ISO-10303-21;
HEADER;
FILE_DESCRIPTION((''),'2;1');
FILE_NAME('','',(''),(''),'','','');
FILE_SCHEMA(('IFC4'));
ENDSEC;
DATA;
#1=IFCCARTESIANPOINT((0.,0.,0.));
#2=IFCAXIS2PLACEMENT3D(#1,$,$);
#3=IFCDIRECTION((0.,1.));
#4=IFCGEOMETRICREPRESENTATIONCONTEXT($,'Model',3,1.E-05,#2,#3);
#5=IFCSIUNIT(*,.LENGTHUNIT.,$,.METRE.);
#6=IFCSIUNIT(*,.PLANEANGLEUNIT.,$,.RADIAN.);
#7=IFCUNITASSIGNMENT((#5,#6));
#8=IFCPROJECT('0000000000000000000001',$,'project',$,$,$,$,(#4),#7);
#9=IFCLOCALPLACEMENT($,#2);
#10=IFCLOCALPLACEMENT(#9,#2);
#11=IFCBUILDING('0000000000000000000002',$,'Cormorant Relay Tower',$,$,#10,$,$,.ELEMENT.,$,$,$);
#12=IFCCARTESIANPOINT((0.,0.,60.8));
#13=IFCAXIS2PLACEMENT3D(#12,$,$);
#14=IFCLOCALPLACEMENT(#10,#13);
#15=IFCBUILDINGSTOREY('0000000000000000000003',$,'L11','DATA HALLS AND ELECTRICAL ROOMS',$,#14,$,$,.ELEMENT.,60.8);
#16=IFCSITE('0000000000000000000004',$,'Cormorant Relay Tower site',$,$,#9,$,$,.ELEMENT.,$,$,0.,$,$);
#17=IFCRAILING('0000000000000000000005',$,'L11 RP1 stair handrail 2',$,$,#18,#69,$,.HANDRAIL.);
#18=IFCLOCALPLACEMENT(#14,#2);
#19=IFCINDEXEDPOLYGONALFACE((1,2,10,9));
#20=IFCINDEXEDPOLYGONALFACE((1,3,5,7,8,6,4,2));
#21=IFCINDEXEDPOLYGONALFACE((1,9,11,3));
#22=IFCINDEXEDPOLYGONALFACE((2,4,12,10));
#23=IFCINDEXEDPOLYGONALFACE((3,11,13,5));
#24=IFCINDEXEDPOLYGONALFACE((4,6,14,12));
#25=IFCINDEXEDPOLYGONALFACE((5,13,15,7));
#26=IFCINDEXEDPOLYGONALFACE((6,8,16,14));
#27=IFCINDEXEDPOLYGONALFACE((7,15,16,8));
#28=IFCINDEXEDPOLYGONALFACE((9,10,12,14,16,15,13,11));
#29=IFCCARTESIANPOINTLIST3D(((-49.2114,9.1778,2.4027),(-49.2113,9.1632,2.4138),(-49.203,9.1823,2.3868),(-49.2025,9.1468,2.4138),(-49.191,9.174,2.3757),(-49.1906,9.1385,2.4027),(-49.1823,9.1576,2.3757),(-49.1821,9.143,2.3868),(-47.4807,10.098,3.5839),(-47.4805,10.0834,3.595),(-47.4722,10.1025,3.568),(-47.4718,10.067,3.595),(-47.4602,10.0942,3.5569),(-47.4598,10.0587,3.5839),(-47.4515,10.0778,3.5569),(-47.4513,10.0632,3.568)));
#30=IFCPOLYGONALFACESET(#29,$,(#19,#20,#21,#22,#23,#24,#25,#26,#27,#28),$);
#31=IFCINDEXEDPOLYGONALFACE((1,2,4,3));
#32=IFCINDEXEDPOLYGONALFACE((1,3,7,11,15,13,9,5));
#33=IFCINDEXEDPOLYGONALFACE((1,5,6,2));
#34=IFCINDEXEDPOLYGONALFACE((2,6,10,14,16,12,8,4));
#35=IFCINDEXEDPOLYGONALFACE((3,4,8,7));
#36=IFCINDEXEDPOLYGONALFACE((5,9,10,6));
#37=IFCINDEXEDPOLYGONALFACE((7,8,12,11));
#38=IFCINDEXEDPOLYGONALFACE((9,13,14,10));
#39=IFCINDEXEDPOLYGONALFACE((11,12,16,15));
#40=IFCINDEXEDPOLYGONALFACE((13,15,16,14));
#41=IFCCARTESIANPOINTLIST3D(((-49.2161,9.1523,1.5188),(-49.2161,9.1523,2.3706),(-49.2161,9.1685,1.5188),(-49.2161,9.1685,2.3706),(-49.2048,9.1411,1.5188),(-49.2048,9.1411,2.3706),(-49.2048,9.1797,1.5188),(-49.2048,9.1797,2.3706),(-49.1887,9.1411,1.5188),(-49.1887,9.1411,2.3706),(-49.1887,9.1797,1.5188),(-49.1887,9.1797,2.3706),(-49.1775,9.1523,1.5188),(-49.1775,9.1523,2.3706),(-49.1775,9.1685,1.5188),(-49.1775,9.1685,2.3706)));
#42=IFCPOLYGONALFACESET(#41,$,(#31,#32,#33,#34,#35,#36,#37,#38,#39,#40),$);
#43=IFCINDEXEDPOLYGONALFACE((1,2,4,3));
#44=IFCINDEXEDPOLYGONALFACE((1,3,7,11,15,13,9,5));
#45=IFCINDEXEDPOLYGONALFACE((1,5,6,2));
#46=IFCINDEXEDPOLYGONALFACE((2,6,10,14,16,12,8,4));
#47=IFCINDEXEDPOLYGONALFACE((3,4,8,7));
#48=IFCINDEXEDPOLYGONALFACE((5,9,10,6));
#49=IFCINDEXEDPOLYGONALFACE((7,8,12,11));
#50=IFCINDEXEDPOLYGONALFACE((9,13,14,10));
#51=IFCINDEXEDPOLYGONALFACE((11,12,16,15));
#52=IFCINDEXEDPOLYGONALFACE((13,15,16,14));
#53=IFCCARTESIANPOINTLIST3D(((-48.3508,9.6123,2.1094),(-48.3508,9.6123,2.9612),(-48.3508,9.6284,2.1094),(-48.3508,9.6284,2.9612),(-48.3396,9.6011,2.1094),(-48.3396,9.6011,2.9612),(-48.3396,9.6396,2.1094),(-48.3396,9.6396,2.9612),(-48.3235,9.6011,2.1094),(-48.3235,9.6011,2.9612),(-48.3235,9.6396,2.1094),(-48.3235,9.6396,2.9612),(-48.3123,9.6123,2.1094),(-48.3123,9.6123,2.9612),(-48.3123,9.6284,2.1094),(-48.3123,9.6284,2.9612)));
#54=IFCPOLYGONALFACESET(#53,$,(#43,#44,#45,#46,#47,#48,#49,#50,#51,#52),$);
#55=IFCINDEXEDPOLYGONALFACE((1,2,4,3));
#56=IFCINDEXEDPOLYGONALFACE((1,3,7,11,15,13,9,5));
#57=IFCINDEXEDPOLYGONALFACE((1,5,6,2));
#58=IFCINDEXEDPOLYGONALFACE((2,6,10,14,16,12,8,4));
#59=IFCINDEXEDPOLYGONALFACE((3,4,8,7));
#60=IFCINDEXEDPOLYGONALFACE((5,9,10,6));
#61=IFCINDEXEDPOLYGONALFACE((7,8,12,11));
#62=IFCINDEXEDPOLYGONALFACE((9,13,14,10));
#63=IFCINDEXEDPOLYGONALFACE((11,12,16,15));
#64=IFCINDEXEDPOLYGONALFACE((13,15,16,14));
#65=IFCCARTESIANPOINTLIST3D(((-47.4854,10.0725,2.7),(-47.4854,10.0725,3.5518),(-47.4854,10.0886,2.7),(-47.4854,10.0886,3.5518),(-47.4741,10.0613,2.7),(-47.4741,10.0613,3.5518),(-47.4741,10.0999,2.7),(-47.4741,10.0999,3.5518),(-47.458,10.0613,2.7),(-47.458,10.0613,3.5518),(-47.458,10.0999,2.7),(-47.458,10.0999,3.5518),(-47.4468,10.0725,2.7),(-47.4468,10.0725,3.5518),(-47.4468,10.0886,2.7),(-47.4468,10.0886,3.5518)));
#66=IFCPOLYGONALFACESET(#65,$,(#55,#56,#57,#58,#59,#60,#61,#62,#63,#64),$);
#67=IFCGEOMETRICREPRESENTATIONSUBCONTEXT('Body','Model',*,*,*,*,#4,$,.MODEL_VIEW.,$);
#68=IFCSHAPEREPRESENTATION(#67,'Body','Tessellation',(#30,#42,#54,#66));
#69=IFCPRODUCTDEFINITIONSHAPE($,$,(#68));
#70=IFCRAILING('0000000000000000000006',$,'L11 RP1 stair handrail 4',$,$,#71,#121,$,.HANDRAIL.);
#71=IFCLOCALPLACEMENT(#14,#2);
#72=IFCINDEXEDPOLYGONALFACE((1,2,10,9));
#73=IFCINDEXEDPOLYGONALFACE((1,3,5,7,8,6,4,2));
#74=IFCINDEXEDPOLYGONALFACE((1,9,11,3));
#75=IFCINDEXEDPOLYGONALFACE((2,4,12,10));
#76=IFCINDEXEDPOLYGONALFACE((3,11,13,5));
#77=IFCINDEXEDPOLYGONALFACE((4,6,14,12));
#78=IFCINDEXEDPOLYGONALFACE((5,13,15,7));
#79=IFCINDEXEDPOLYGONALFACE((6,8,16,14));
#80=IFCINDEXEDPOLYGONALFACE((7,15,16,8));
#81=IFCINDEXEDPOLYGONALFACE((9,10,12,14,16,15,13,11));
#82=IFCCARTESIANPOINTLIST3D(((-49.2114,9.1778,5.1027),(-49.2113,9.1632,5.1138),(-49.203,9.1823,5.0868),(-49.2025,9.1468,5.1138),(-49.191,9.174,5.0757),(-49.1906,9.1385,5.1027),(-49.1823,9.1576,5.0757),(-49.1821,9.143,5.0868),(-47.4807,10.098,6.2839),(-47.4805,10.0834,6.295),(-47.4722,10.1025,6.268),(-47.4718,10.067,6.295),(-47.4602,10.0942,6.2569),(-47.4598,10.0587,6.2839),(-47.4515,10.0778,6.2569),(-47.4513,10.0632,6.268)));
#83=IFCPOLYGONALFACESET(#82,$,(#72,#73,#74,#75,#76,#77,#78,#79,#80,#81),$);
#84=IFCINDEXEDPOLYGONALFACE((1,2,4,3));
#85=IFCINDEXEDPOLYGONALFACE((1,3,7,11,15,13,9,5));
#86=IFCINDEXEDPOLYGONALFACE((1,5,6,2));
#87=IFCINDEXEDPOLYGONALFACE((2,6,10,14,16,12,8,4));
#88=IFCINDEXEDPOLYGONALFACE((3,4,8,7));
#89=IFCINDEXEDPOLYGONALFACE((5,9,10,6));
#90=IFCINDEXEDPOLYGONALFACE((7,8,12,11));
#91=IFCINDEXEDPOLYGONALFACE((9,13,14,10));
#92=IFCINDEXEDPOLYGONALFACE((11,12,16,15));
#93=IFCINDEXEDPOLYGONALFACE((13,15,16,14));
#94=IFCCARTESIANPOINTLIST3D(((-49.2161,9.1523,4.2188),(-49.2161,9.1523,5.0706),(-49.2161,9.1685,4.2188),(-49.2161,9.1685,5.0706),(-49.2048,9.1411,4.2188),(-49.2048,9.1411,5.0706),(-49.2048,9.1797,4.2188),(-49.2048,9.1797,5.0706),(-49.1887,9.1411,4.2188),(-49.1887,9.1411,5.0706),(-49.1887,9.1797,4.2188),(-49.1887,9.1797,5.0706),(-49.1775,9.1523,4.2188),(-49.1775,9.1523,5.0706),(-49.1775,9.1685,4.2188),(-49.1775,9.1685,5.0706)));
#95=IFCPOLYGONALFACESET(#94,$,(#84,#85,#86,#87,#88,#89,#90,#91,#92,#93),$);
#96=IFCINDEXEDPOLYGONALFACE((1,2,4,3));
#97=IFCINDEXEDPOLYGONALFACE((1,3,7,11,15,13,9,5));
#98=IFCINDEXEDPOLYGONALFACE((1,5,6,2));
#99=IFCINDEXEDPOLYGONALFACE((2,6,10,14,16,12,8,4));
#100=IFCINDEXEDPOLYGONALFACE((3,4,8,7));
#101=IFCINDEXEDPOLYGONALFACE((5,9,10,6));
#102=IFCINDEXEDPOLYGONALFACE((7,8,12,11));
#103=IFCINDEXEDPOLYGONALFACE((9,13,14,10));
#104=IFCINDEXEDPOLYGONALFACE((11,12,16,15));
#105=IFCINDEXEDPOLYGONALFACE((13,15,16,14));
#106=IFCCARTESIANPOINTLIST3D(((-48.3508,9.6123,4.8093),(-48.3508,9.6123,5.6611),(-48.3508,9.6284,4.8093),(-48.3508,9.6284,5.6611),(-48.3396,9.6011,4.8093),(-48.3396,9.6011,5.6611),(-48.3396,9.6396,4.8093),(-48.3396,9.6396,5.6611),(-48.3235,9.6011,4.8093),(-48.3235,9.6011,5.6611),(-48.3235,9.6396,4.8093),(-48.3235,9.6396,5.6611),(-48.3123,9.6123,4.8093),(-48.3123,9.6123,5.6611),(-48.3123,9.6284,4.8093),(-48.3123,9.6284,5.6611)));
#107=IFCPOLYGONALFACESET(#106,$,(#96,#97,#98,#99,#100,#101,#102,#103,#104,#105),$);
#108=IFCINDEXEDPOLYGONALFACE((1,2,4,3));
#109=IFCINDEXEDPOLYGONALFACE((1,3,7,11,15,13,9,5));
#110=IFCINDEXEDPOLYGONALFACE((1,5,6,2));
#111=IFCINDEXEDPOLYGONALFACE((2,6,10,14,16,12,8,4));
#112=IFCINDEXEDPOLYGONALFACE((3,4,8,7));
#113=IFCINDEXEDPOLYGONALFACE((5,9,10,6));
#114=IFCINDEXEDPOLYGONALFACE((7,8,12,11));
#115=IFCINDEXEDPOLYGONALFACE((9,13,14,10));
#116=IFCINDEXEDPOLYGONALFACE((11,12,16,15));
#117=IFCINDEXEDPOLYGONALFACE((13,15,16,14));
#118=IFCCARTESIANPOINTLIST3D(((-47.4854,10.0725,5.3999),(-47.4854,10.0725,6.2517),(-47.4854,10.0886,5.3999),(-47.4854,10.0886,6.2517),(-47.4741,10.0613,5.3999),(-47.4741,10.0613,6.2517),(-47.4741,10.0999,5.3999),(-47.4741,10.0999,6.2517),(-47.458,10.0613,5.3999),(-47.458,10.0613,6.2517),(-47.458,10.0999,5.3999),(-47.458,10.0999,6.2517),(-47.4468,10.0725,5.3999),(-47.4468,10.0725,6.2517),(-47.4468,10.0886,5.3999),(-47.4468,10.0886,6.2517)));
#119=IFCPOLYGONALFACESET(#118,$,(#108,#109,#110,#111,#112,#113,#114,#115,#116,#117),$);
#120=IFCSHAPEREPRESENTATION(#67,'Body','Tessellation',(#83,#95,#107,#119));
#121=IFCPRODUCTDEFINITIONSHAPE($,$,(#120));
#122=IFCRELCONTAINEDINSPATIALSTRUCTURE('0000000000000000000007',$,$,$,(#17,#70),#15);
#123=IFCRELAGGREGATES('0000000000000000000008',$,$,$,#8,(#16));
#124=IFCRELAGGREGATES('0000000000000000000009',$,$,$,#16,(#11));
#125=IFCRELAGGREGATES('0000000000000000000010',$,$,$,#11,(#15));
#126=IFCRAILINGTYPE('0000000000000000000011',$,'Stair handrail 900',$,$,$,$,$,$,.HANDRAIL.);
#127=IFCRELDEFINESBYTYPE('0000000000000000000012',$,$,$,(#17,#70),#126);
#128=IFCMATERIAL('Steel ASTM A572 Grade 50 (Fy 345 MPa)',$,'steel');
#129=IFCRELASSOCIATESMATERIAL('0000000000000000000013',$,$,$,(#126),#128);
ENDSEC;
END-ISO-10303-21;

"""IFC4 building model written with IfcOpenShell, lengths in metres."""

from ifc_helpers import new_model, si_unit, direction, frame, origin, place, context, subcontext, project, spatial, polyline, outline, extrude, material, type_object, element, save


model = new_model("IFC4")

# Units and contexts
model_context = context("Model", 3, precision=1e-05, world=origin(), true_north=direction((0.0, 1.0)))
body_context = subcontext(model_context, "Body", "Model", "MODEL_VIEW")
ifc_project = project(units=[si_unit("LENGTHUNIT", "METRE"), si_unit("PLANEANGLEUNIT", "RADIAN")], contexts=[model_context])

# Site, building, storey
site_placement = place(None, origin())
site = spatial("IfcSite", under=ifc_project, at=site_placement, Name="Cormorant Relay Tower site", CompositionType="ELEMENT", RefElevation=0.0)
building_placement = place(site_placement, origin())
building = spatial("IfcBuilding", under=site, at=building_placement, Name="Cormorant Relay Tower", CompositionType="ELEMENT")
storey_placement = place(building_placement, frame((0.0, 0.0, 60.8)))
storey = spatial("IfcBuildingStorey", under=building, at=storey_placement, Name="L11", Description="DATA HALLS AND ELECTRICAL ROOMS", CompositionType="ELEMENT", Elevation=60.8)

# Railings
ifc_material_1 = material(Name="Steel ASTM A572 Grade 50 (Fy 345 MPa)", Category="steel")
railing_type_1 = type_object("IfcRailingType", Name="Stair handrail 900", PredefinedType="HANDRAIL", material=ifc_material_1)
for number, where, name in (
    (1, (-49.1968, 9.1604, 1.5188), "L11 RP1 stair handrail 2"),
    (2, (-49.1968, 9.1604, 4.2188), "L11 RP1 stair handrail 4"),
):
    element("IfcRailing", number, at=place(storey_placement, frame(where)), inside=storey, type_object=railing_type_1, Name=name, PredefinedType="HANDRAIL", context=body_context, shape_type="SweptSolid", body=[
        extrude(outline(polyline([(0.0222, 0.0093), (0.0093, 0.0222), (-0.0093, 0.0222), (-0.0222, 0.0093), (-0.0222, -0.0093), (-0.0093, -0.0222), (0.0093, -0.0222), (0.0222, -0.0093), (0.0222, 0.0093)])), frame((0.0, 0.0, 0.876), z_axis=(0.756268, 0.402084, 0.516127), x_axis=(-0.469444, 0.882962, 0.0)), (0.0, 0.0, 1.0), 2.2886),
        extrude(outline(polyline([(0.0193, 0.0081), (0.0081, 0.0193), (-0.0081, 0.0193), (-0.0193, 0.0081), (-0.0193, -0.0081), (-0.0081, -0.0193), (0.0081, -0.0193), (0.0193, -0.0081), (0.0193, 0.0081)])), origin(), (0.0, 0.0, 1.0), 0.8518),
        extrude(outline(polyline([(0.0193, 0.0081), (0.0081, 0.0193), (-0.0081, 0.0193), (-0.0193, 0.0081), (-0.0193, -0.0081), (-0.0081, -0.0193), (0.0081, -0.0193), (0.0193, -0.0081), (0.0193, 0.0081)])), frame((0.8652, 0.46, 0.5906)), (0.0, 0.0, 1.0), 0.8518),
        extrude(outline(polyline([(0.0193, 0.0081), (0.0081, 0.0193), (-0.0081, 0.0193), (-0.0193, 0.0081), (-0.0193, -0.0081), (-0.0081, -0.0193), (0.0081, -0.0193), (0.0193, -0.0081), (0.0193, 0.0081)])), frame((1.7307, 0.9202, 1.1812)), (0.0, 0.0, 1.0), 0.8518),
    ])

save(model, "model.ifc")
